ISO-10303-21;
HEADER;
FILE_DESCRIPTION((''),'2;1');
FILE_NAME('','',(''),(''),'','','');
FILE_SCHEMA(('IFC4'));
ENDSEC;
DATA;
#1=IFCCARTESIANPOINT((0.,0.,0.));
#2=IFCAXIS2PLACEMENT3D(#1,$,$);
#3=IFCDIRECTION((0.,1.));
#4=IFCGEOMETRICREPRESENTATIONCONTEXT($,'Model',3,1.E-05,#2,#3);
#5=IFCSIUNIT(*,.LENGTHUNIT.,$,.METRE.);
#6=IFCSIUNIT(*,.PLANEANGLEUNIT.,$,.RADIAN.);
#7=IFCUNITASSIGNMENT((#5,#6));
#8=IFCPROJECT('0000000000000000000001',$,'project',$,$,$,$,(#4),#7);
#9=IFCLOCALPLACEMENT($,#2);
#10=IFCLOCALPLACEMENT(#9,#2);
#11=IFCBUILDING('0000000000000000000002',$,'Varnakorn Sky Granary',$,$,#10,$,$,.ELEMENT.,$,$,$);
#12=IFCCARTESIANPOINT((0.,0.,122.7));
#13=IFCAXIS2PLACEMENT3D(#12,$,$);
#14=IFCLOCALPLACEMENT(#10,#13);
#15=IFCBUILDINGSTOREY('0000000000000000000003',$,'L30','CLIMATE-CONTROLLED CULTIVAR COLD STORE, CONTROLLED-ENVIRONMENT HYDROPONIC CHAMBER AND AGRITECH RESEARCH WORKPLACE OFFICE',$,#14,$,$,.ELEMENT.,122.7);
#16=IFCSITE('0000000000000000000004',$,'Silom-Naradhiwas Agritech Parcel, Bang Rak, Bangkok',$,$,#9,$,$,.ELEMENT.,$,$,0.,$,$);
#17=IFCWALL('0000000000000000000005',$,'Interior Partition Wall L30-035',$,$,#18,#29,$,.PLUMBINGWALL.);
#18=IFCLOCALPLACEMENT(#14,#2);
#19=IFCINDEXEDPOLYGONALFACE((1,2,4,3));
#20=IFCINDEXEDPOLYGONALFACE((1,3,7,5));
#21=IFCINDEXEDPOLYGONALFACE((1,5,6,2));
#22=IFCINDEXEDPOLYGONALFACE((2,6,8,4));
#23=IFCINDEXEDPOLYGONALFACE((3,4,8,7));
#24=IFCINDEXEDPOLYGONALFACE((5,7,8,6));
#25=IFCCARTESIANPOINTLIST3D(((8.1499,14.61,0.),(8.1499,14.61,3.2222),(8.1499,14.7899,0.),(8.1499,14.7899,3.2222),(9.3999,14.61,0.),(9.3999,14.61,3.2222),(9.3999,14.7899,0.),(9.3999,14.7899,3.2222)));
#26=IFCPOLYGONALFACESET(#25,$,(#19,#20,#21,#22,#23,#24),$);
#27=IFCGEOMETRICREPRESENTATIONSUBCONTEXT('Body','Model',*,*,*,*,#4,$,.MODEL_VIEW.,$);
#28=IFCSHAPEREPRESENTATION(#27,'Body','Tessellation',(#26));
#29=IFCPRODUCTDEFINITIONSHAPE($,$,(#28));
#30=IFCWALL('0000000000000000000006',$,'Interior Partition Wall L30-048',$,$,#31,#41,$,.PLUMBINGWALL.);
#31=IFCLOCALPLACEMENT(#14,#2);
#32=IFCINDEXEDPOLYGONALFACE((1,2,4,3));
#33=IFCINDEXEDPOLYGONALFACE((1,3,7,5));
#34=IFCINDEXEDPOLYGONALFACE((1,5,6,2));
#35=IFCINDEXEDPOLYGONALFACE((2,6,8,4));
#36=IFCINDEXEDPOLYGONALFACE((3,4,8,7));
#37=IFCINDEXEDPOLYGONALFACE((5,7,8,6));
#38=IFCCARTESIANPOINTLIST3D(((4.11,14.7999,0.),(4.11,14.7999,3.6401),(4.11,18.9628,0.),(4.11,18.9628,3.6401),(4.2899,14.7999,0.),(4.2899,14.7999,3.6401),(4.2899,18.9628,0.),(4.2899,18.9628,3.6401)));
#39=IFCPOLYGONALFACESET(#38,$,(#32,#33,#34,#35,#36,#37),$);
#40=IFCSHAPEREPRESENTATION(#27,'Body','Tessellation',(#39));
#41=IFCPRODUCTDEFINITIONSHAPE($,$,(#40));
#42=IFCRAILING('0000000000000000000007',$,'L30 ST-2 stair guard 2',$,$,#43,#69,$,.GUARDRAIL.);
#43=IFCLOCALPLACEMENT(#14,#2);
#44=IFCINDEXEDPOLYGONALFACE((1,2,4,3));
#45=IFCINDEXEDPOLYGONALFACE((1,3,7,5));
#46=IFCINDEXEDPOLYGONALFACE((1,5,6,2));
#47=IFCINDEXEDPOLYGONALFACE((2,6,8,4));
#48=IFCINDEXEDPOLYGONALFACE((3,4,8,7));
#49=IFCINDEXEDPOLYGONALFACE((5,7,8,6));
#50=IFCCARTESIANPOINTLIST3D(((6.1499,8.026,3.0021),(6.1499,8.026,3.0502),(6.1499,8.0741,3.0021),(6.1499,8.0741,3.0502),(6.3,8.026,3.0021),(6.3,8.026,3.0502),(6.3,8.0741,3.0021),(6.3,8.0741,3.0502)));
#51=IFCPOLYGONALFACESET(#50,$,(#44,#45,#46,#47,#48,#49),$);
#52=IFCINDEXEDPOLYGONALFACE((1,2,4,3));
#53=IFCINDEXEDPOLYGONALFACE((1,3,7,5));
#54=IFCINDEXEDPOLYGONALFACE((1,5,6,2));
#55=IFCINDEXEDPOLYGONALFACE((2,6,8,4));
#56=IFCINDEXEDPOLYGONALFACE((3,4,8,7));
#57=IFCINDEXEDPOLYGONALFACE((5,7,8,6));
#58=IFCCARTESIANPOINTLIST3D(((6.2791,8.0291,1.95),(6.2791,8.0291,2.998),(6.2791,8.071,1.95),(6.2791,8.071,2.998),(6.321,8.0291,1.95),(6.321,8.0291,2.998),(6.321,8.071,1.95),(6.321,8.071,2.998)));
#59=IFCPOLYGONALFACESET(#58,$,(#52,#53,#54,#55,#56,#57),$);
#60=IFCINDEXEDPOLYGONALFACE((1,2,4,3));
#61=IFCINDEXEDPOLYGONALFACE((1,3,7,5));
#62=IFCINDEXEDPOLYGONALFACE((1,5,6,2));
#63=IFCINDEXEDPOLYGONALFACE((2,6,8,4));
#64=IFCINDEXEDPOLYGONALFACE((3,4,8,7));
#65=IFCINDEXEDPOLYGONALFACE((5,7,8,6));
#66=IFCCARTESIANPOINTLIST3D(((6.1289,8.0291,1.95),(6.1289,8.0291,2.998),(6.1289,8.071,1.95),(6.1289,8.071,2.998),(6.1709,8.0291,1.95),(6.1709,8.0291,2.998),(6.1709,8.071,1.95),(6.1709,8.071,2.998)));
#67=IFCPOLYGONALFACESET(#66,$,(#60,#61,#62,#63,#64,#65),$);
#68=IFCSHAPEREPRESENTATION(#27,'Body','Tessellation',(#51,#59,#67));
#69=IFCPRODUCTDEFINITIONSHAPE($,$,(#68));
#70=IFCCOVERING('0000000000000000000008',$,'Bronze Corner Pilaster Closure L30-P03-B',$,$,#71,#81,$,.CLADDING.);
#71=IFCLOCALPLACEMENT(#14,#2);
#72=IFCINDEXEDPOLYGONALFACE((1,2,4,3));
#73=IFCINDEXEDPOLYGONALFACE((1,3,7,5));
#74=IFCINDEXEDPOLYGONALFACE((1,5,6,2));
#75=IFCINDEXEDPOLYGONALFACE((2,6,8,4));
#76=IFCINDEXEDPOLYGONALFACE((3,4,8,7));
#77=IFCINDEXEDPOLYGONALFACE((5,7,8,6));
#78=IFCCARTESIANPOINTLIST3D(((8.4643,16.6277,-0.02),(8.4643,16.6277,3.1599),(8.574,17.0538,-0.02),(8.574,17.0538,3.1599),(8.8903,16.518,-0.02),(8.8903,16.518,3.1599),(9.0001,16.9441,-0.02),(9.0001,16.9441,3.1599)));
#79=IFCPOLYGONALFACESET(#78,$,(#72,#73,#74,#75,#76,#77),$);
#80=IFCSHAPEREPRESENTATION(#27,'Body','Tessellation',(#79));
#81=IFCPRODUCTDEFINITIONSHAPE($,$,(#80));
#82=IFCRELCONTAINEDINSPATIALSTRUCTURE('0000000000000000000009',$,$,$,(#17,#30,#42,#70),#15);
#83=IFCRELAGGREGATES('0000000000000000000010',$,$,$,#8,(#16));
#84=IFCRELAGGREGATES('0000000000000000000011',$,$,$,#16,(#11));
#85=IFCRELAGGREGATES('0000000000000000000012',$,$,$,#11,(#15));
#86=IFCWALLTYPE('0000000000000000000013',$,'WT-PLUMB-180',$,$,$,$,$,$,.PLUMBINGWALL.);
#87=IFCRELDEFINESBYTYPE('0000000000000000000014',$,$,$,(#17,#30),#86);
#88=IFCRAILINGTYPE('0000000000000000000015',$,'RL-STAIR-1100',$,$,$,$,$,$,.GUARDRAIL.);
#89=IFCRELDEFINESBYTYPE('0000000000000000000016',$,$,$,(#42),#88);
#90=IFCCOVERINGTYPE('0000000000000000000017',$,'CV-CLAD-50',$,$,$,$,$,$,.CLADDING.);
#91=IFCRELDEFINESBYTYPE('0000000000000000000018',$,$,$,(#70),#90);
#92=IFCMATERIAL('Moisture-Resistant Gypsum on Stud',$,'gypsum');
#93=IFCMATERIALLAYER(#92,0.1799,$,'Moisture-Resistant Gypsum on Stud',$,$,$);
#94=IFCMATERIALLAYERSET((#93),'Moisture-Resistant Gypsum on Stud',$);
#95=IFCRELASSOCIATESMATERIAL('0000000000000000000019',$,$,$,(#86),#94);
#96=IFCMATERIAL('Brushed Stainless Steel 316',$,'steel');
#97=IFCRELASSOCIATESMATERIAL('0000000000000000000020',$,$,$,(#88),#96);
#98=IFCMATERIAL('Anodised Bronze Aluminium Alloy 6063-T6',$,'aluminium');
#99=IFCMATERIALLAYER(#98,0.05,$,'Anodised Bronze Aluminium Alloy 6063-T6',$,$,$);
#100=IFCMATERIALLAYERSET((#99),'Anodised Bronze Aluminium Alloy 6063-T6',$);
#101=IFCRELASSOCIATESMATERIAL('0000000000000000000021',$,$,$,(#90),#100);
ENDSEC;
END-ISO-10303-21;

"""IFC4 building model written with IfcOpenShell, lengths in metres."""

from ifc_helpers import new_model, si_unit, direction, frame, frame_2d, origin, origin_2d, place, context, subcontext, project, spatial, rectangle, extrude, source, transform, mapped, material, layer, layer_set, type_object, type_shapes, element, save


model = new_model("IFC4")

# Units and contexts
model_context = context("Model", 3, precision=1e-05, world=origin(), true_north=direction((0.0, 1.0)))
body_context = subcontext(model_context, "Body", "Model", "MODEL_VIEW")
ifc_project = project(units=[si_unit("LENGTHUNIT", "METRE"), si_unit("PLANEANGLEUNIT", "RADIAN")], contexts=[model_context])

# Site, building, storey
site_placement = place(None, origin())
site = spatial("IfcSite", under=ifc_project, at=site_placement, Name="Silom-Naradhiwas Agritech Parcel, Bang Rak, Bangkok", CompositionType="ELEMENT", RefElevation=0.0)
building_placement = place(site_placement, origin())
building = spatial("IfcBuilding", under=site, at=building_placement, Name="Varnakorn Sky Granary", CompositionType="ELEMENT")
storey_placement = place(building_placement, frame((0.0, 0.0, 122.7)))
storey = spatial("IfcBuildingStorey", under=building, at=storey_placement, Name="L30", Description="CLIMATE-CONTROLLED CULTIVAR COLD STORE, CONTROLLED-ENVIRONMENT HYDROPONIC CHAMBER AND AGRITECH RESEARCH WORKPLACE OFFICE", CompositionType="ELEMENT", Elevation=122.7)

# Shared definitions
ifc_material_1 = material(Name="Moisture-Resistant Gypsum on Stud", Category="gypsum")
ifc_layer_1 = layer(ifc_material_1, 0.1799, Name="Moisture-Resistant Gypsum on Stud")
ifc_layer_set_1 = layer_set([ifc_layer_1], Name="Moisture-Resistant Gypsum on Stud")
wall_type_1 = type_object("IfcWallType", Name="WT-PLUMB-180", PredefinedType="PLUMBINGWALL", material=ifc_layer_set_1)

# Walls
wall_1_placement = place(storey_placement, frame((9.3999, 14.7, 0.0), z_axis=(0.0, 0.0, 1.0), x_axis=(-1.0, 0.0, 0.0)))
element("IfcWall", 1, at=wall_1_placement, inside=storey, type_object=wall_type_1, Name="Interior Partition Wall L30-035", PredefinedType="PLUMBINGWALL", context=body_context, shape_type="SweptSolid", body=[
    extrude(rectangle(XDim=1.25, YDim=0.1799, at=frame_2d((0.625, 0.0))), origin(), (0.0, 0.0, 1.0), 3.2222),
])
wall_2_placement = place(storey_placement, frame((4.2, 18.9629, 0.0), z_axis=(0.0, 0.0, 1.0), x_axis=(0.0, -1.0, 0.0)))
element("IfcWall", 2, at=wall_2_placement, inside=storey, type_object=wall_type_1, Name="Interior Partition Wall L30-048", PredefinedType="PLUMBINGWALL", context=body_context, shape_type="SweptSolid", body=[
    extrude(rectangle(XDim=4.1628, YDim=0.1799, at=frame_2d((2.0815, 0.0))), origin(), (0.0, 0.0, 1.0), 3.6401),
])

# Railing
ifc_material_2 = material(Name="Brushed Stainless Steel 316", Category="steel")
railing_type = type_object("IfcRailingType", Name="RL-STAIR-1100", PredefinedType="GUARDRAIL", material=ifc_material_2)
railing_placement = place(storey_placement, frame((6.3, 8.05, 1.95)))
element("IfcRailing", 3, at=railing_placement, inside=storey, type_object=railing_type, Name="L30 ST-2 stair guard 2", PredefinedType="GUARDRAIL", context=body_context, shape_type="SweptSolid", body=[
    extrude(rectangle(XDim=0.0481, YDim=0.0481, at=origin_2d()), frame((0.0, 0.0, 1.0762), z_axis=(-1.0, 0.0, 0.0), x_axis=(0.0, -1.0, 0.0)), (0.0, 0.0, 1.0), 0.1501),
    extrude(rectangle(XDim=0.042, YDim=0.042, at=origin_2d()), origin(), (0.0, 0.0, 1.0), 1.0481),
    extrude(rectangle(XDim=0.042, YDim=0.042, at=origin_2d()), frame((-0.1501, 0.0, 0.0)), (0.0, 0.0, 1.0), 1.0481),
])

# Covering
ifc_material_3 = material(Name="Anodised Bronze Aluminium Alloy 6063-T6", Category="aluminium")
ifc_layer_2 = layer(ifc_material_3, 0.05, Name="Anodised Bronze Aluminium Alloy 6063-T6")
ifc_layer_set_2 = layer_set([ifc_layer_2], Name="Anodised Bronze Aluminium Alloy 6063-T6")
covering_type = type_object("IfcCoveringType", Name="CV-CLAD-50", PredefinedType="CLADDING", material=ifc_layer_set_2)
shared_shape = source(origin(), body_context, "Body", "SweptSolid", [
    extrude(rectangle(XDim=0.4399, YDim=0.4399, at=origin_2d()), origin(), (0.0, 0.0, 1.0), 3.1799),
])
type_shapes(covering_type, [shared_shape])
covering_placement = place(storey_placement, frame((8.7322, 16.7859, -0.02), z_axis=(0.0, 0.0, 1.0), x_axis=(0.968409, -0.249366, 0.0)))
element("IfcCovering", 4, at=covering_placement, inside=storey, type_object=covering_type, Name="Bronze Corner Pilaster Closure L30-P03-B", PredefinedType="CLADDING", context=body_context, shape_type="MappedRepresentation", body=[
    mapped(shared_shape, transform((0.0, 0.0, 0.0), x_axis=(1.0, 0.0, 0.0), y_axis=(0.0, 1.0, 0.0), z_axis=(0.0, 0.0, 1.0), scale=1.0)),
])

save(model, "model.ifc")
